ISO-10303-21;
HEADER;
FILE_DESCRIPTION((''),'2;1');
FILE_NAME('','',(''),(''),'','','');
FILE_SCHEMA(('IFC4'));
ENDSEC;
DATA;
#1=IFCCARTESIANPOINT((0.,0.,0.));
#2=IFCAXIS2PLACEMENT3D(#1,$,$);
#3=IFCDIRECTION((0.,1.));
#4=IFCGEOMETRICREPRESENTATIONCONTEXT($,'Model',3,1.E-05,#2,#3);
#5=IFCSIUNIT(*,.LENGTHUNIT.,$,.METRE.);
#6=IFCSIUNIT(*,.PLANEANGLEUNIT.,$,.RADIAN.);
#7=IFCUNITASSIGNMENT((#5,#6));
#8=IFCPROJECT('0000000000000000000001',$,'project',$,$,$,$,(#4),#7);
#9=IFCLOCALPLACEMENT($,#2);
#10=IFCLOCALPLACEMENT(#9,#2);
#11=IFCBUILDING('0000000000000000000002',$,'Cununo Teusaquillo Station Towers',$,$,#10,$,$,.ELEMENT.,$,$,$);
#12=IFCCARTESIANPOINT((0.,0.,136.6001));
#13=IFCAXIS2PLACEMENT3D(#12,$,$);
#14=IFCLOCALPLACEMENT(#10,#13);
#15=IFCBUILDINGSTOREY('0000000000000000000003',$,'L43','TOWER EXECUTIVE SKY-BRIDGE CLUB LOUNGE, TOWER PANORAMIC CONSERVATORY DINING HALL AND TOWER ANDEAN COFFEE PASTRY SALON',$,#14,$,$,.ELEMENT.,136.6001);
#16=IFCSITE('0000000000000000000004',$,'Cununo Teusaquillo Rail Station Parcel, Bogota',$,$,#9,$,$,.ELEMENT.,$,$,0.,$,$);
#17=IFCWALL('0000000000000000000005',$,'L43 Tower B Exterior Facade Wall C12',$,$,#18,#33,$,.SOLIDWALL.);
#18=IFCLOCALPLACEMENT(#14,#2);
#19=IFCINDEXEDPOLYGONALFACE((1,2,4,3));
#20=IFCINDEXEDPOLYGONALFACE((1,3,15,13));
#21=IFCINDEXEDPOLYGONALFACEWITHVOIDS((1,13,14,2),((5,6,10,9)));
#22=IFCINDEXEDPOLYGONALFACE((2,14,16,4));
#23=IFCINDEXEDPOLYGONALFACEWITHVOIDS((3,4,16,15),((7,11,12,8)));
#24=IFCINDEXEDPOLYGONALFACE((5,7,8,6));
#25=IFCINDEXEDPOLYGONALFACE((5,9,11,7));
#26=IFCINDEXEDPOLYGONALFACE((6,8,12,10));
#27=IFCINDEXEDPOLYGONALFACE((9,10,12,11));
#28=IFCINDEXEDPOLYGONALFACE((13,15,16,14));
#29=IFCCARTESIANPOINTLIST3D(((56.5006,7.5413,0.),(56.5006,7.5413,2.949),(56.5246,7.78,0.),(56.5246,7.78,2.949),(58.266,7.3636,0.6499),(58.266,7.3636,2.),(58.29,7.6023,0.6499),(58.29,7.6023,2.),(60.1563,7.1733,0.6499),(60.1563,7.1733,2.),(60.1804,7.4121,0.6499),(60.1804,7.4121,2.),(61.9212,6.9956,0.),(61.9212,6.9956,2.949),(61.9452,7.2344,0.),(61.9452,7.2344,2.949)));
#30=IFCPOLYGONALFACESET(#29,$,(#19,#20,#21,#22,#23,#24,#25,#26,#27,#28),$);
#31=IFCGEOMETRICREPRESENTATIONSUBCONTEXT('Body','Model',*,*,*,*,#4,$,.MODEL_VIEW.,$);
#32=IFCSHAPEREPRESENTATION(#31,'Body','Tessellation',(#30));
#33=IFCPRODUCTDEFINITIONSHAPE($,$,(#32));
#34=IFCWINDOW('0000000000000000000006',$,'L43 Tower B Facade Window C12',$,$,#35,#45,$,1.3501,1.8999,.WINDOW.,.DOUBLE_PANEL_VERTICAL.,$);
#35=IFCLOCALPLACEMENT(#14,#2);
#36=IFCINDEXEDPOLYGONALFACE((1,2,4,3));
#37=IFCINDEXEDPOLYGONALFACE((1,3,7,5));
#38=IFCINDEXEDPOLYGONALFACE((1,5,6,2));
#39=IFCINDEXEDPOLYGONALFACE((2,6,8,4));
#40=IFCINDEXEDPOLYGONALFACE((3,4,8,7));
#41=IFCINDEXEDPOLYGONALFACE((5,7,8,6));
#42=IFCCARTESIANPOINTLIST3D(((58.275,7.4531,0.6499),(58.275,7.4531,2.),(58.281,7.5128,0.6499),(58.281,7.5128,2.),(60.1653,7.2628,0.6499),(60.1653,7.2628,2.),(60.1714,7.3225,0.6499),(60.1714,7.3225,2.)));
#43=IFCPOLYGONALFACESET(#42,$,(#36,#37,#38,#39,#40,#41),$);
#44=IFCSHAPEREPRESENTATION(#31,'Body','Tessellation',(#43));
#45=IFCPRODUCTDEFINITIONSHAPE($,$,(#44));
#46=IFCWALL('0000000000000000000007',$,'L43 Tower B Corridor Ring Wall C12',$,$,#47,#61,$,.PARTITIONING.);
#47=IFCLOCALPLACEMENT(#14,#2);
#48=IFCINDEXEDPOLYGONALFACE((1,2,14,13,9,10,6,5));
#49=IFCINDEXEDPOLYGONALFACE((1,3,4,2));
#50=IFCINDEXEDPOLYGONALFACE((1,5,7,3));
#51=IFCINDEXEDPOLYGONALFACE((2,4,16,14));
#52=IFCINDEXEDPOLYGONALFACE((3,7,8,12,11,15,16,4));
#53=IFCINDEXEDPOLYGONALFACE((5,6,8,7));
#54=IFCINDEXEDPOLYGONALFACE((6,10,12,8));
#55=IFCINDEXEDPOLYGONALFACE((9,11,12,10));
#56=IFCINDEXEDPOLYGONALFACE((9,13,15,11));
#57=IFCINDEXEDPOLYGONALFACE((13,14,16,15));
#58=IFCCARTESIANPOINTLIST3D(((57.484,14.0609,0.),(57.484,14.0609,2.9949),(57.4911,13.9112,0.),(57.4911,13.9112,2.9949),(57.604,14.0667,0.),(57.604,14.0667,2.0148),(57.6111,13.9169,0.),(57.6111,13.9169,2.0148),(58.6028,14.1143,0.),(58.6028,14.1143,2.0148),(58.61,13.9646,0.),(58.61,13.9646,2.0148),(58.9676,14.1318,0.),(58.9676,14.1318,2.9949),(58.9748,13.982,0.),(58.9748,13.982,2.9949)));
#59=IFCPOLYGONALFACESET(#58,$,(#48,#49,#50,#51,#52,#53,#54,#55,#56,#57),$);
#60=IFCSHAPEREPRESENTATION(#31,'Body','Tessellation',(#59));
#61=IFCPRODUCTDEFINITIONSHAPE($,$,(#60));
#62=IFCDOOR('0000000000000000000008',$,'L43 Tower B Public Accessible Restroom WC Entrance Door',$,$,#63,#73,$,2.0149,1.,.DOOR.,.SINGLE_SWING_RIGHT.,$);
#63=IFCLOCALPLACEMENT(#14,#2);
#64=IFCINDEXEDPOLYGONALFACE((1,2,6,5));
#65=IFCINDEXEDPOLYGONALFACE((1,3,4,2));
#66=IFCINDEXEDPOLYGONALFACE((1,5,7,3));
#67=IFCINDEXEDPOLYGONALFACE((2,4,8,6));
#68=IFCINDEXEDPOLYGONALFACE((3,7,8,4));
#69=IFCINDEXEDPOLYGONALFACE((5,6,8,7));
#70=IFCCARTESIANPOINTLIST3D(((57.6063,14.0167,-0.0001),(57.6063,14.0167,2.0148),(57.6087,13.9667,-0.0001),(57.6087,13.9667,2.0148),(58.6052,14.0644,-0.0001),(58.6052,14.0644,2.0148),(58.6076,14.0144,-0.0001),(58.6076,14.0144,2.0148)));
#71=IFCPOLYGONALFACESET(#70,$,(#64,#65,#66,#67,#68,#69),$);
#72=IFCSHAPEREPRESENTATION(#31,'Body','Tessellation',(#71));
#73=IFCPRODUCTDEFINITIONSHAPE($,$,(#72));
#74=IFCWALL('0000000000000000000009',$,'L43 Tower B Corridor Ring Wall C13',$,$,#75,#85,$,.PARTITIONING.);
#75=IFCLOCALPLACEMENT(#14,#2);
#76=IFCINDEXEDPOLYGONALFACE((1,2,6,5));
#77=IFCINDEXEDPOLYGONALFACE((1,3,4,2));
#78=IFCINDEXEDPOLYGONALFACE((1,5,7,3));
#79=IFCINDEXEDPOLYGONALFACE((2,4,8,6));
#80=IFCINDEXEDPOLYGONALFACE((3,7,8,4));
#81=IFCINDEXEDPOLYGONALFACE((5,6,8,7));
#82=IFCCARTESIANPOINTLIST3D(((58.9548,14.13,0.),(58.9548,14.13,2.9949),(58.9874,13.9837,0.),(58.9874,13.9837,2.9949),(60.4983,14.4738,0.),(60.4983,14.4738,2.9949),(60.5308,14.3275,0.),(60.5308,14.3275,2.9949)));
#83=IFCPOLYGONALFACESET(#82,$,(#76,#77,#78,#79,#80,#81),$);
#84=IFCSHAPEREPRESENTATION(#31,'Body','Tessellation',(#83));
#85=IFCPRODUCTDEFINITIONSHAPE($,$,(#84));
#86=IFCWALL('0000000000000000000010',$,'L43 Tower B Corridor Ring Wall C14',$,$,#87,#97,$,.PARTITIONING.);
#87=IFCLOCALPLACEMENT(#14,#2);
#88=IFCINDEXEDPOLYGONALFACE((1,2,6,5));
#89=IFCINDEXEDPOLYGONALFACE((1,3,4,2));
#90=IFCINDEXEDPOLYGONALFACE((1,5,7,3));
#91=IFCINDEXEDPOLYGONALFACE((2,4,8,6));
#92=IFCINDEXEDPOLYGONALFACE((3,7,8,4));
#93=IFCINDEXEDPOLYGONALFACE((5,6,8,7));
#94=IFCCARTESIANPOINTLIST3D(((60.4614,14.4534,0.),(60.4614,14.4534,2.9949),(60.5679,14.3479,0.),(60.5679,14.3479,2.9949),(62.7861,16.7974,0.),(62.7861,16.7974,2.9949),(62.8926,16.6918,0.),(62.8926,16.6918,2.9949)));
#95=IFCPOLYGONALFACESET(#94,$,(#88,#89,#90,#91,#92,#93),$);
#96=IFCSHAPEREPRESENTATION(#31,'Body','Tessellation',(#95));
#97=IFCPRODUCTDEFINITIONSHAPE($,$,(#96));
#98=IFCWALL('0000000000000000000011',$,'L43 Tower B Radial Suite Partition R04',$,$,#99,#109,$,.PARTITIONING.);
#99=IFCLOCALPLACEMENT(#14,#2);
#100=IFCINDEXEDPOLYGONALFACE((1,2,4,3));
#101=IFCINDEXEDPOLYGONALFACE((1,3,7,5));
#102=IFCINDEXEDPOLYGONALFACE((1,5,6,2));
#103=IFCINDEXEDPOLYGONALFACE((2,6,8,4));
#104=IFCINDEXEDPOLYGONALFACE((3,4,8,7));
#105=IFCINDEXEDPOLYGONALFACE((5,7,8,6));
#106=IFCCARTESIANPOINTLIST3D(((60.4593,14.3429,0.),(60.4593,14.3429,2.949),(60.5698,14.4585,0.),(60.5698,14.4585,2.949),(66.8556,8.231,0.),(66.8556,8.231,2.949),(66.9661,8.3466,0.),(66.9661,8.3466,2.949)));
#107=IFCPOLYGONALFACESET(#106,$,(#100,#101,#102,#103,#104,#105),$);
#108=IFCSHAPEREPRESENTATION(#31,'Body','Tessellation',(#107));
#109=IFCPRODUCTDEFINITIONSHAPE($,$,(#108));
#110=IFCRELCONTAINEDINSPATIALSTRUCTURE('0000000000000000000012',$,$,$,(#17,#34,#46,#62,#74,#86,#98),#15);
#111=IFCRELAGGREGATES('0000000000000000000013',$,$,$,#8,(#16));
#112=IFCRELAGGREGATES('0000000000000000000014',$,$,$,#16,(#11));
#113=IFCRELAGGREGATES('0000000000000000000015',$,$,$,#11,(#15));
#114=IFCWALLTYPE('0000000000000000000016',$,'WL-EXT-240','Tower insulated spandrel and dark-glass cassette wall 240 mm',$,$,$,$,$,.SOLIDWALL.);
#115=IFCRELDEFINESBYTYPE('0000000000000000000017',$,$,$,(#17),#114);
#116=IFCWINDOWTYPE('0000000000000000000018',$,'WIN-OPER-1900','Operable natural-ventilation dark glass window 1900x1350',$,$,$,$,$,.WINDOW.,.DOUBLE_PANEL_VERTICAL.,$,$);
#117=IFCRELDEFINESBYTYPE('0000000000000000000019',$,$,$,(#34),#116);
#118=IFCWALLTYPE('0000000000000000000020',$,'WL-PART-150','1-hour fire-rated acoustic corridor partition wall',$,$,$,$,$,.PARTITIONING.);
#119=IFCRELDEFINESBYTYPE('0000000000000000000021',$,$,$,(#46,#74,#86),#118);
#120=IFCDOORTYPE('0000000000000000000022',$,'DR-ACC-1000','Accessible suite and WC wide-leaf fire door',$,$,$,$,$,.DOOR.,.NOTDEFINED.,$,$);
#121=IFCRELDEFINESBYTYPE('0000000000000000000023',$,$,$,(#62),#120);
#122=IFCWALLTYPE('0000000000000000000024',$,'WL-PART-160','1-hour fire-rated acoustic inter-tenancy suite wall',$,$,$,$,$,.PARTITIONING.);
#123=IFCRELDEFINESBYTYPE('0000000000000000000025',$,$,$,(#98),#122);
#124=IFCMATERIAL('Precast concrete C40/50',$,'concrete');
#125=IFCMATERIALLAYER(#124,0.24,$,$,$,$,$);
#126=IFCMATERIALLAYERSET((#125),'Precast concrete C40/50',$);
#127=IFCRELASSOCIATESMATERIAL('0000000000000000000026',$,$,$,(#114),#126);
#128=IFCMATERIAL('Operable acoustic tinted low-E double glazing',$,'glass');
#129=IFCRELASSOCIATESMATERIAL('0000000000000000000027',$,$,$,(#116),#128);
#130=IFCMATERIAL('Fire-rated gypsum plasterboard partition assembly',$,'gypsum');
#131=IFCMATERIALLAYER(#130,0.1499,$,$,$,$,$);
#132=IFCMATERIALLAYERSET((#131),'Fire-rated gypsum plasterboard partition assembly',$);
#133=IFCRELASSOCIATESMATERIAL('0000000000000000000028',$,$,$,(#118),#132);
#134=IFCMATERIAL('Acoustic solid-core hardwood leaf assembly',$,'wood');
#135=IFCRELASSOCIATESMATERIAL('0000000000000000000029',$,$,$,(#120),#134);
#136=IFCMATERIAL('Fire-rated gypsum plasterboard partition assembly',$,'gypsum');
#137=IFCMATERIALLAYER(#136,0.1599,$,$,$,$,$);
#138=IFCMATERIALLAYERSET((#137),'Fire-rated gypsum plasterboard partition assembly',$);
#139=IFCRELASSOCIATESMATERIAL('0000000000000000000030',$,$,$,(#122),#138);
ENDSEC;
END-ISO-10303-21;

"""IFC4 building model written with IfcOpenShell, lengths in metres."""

from ifc_helpers import new_model, si_unit, direction, frame, frame_2d, origin, place, context, subcontext, project, spatial, rectangle, extrude, source, transform, mapped, material, layer, layer_set, type_object, element, fill, save


model = new_model("IFC4")

# Units and contexts
model_context = context("Model", 3, precision=1e-05, world=origin(), true_north=direction((0.0, 1.0)))
body_context = subcontext(model_context, "Body", "Model", "MODEL_VIEW")
ifc_project = project(units=[si_unit("LENGTHUNIT", "METRE"), si_unit("PLANEANGLEUNIT", "RADIAN")], contexts=[model_context])

# Site, building, storey
site_placement = place(None, origin())
site = spatial("IfcSite", under=ifc_project, at=site_placement, Name="Cununo Teusaquillo Rail Station Parcel, Bogota", CompositionType="ELEMENT", RefElevation=0.0)
building_placement = place(site_placement, origin())
building = spatial("IfcBuilding", under=site, at=building_placement, Name="Cununo Teusaquillo Station Towers", CompositionType="ELEMENT")
storey_placement = place(building_placement, frame((0.0, 0.0, 136.6001)))
storey = spatial("IfcBuildingStorey", under=building, at=storey_placement, Name="L43", Description="TOWER EXECUTIVE SKY-BRIDGE CLUB LOUNGE, TOWER PANORAMIC CONSERVATORY DINING HALL AND TOWER ANDEAN COFFEE PASTRY SALON", CompositionType="ELEMENT", Elevation=136.6001)

# Wall, opening, window
ifc_material_1 = material(Name="Precast concrete C40/50", Category="concrete")
ifc_layer_1 = layer(ifc_material_1, 0.24)
ifc_layer_set_1 = layer_set([ifc_layer_1], Name="Precast concrete C40/50")
wall_type_1 = type_object("IfcWallType", Name="WL-EXT-240", Description="Tower insulated spandrel and dark-glass cassette wall 240 mm", PredefinedType="SOLIDWALL", material=ifc_layer_set_1)
wall_1_placement = place(storey_placement, frame((61.9333, 7.115, 0.0), z_axis=(0.0, 0.0, 1.0), x_axis=(-0.994972, 0.100156, 0.0)))
wall_1 = element("IfcWall", 1, at=wall_1_placement, inside=storey, type_object=wall_type_1, Name="L43 Tower B Exterior Facade Wall C12", PredefinedType="SOLIDWALL", context=body_context, shape_type="SweptSolid", body=[
    extrude(rectangle(XDim=5.448, YDim=0.24, at=frame_2d((2.7241, 0.0))), origin(), (0.0, 0.0, 1.0), 2.949),
])
shared_shape_1 = source(origin(), body_context, "Body", "SweptSolid", [
    extrude(rectangle(XDim=1.8999, YDim=1.3501, at=frame_2d((0.95, 0.675))), frame((0.0, 0.1299, 0.0), z_axis=(0.0, -1.0, 0.0), x_axis=(1.0, 0.0, 0.0)), (0.0, 0.0, 1.0), 0.26),
])
opening_1_placement = place(wall_1_placement, frame((1.7739, 0.0, 0.6499)))
opening_1 = element("IfcOpeningElement", 2, at=opening_1_placement, cuts=wall_1, PredefinedType="OPENING", context=body_context, shape_type="MappedRepresentation", body=[
    mapped(shared_shape_1, transform((0.0, 0.0, 0.0), x_axis=(1.0, 0.0, 0.0), y_axis=(0.0, 1.0, 0.0), z_axis=(0.0, 0.0, 1.0), scale=1.0)),
])
ifc_material_2 = material(Name="Operable acoustic tinted low-E double glazing", Category="glass")
window_type = type_object("IfcWindowType", Name="WIN-OPER-1900", Description="Operable natural-ventilation dark glass window 1900x1350", PartitioningType="DOUBLE_PANEL_VERTICAL", PredefinedType="WINDOW", material=ifc_material_2)
shared_shape_2 = source(origin(), body_context, "Body", "SweptSolid", [
    extrude(rectangle(XDim=1.8999, YDim=1.3501, at=frame_2d((0.95, 0.675))), frame((0.0, 0.03, 0.0), z_axis=(0.0, -1.0, 0.0), x_axis=(1.0, 0.0, 0.0)), (0.0, 0.0, 1.0), 0.0601),
])
window_placement = place(opening_1_placement, origin())
window = element("IfcWindow", 3, at=window_placement, inside=storey, type_object=window_type, Name="L43 Tower B Facade Window C12", OverallHeight=1.3501, OverallWidth=1.8999, PartitioningType="DOUBLE_PANEL_VERTICAL", PredefinedType="WINDOW", context=body_context, shape_type="MappedRepresentation", body=[
    mapped(shared_shape_2, transform((0.0, 0.0, 0.0), x_axis=(1.0, 0.0, 0.0), y_axis=(0.0, 1.0, 0.0), z_axis=(0.0, 0.0, 1.0), scale=1.0)),
])
fill(opening_1, window)

# Wall, opening, door
ifc_material_3 = material(Name="Fire-rated gypsum plasterboard partition assembly", Category="gypsum")
ifc_layer_2 = layer(ifc_material_3, 0.1499)
ifc_layer_set_2 = layer_set([ifc_layer_2], Name="Fire-rated gypsum plasterboard partition assembly")
wall_type_2 = type_object("IfcWallType", Name="WL-PART-150", Description="1-hour fire-rated acoustic corridor partition wall", PredefinedType="PARTITIONING", material=ifc_layer_set_2)
wall_2_placement = place(storey_placement, frame((57.4875, 13.9861, 0.0), z_axis=(0.0, 0.0, 1.0), x_axis=(0.998863, 0.047667, 0.0)))
wall_2 = element("IfcWall", 4, at=wall_2_placement, inside=storey, type_object=wall_type_2, Name="L43 Tower B Corridor Ring Wall C12", PredefinedType="PARTITIONING", context=body_context, shape_type="SweptSolid", body=[
    extrude(rectangle(XDim=1.4854, YDim=0.1499, at=frame_2d((0.7427, 0.0))), origin(), (0.0, 0.0, 1.0), 2.9949),
])
shared_shape_3 = source(origin(), body_context, "Body", "SweptSolid", [
    extrude(rectangle(XDim=1.0, YDim=2.0149, at=frame_2d((0.5, 1.0073))), frame((0.0, 0.085, 0.0), z_axis=(0.0, -1.0, 0.0), x_axis=(1.0, 0.0, 0.0)), (0.0, 0.0, 1.0), 0.1699),
])
opening_2_placement = place(wall_2_placement, frame((0.1201, 0.0, 0.0)))
opening_2 = element("IfcOpeningElement", 5, at=opening_2_placement, cuts=wall_2, PredefinedType="OPENING", context=body_context, shape_type="MappedRepresentation", body=[
    mapped(shared_shape_3, transform((0.0, 0.0, 0.0), x_axis=(1.0, 0.0, 0.0), y_axis=(0.0, 1.0, 0.0), z_axis=(0.0, 0.0, 1.0), scale=1.0)),
])
ifc_material_4 = material(Name="Acoustic solid-core hardwood leaf assembly", Category="wood")
door_type_1 = type_object("IfcDoorType", Name="DR-ACC-1000", Description="Accessible suite and WC wide-leaf fire door", OperationType="NOTDEFINED", PredefinedType="DOOR", material=ifc_material_4)
shared_shape_4 = source(origin(), body_context, "Body", "SweptSolid", [
    extrude(rectangle(XDim=1.0, YDim=2.0149, at=frame_2d((0.5, 1.0073))), frame((0.0, 0.0249, 0.0), z_axis=(0.0, -1.0, 0.0), x_axis=(1.0, 0.0, 0.0)), (0.0, 0.0, 1.0), 0.05),
])
door_1_placement = place(opening_2_placement, origin())
door_1 = element("IfcDoor", 6, at=door_1_placement, inside=storey, type_object=door_type_1, Name="L43 Tower B Public Accessible Restroom WC Entrance Door", OperationType="SINGLE_SWING_RIGHT", OverallHeight=2.0149, OverallWidth=1.0, PredefinedType="DOOR", context=body_context, shape_type="MappedRepresentation", body=[
    mapped(shared_shape_4, transform((0.0, 0.0, 0.0), x_axis=(1.0, 0.0, 0.0), y_axis=(0.0, 1.0, 0.0), z_axis=(0.0, 0.0, 1.0), scale=1.0)),
])
fill(opening_2, door_1)

# Walls
wall_3_placement = place(storey_placement, frame((58.9712, 14.0569, 0.0), z_axis=(0.0, 0.0, 1.0), x_axis=(0.976085, 0.217388, 0.0)))
element("IfcWall", 7, at=wall_3_placement, inside=storey, type_object=wall_type_2, Name="L43 Tower B Corridor Ring Wall C13", PredefinedType="PARTITIONING", context=body_context, shape_type="SweptSolid", body=[
    extrude(rectangle(XDim=1.5813, YDim=0.1499, at=frame_2d((0.7905, 0.0))), origin(), (0.0, 0.0, 1.0), 2.9949),
])
wall_4_placement = place(storey_placement, frame((60.5146, 14.4006, 0.0), z_axis=(0.0, 0.0, 1.0), x_axis=(0.70418, 0.710022, 0.0)))
element("IfcWall", 8, at=wall_4_placement, inside=storey, type_object=wall_type_2, Name="L43 Tower B Corridor Ring Wall C14", PredefinedType="PARTITIONING", context=body_context, shape_type="SweptSolid", body=[
    extrude(rectangle(XDim=3.3013, YDim=0.1499, at=frame_2d((1.6506, 0.0))), origin(), (0.0, 0.0, 1.0), 2.9949),
])
ifc_material_5 = material(Name="Fire-rated gypsum plasterboard partition assembly", Category="gypsum")
ifc_layer_3 = layer(ifc_material_5, 0.1599)
ifc_layer_set_3 = layer_set([ifc_layer_3], Name="Fire-rated gypsum plasterboard partition assembly")
wall_type_3 = type_object("IfcWallType", Name="WL-PART-160", Description="1-hour fire-rated acoustic inter-tenancy suite wall", PredefinedType="PARTITIONING", material=ifc_layer_set_3)
wall_5_placement = place(storey_placement, frame((60.5146, 14.4006, 0.0), z_axis=(0.0, 0.0, 1.0), x_axis=(0.722999, -0.690849, 0.0)))
element("IfcWall", 9, at=wall_5_placement, inside=storey, type_object=wall_type_3, Name="L43 Tower B Radial Suite Partition R04", PredefinedType="PARTITIONING", context=body_context, shape_type="SweptSolid", body=[
    extrude(rectangle(XDim=8.8469, YDim=0.1599, at=frame_2d((4.4233, 0.0))), origin(), (0.0, 0.0, 1.0), 2.949),
])

save(model, "model.ifc")
